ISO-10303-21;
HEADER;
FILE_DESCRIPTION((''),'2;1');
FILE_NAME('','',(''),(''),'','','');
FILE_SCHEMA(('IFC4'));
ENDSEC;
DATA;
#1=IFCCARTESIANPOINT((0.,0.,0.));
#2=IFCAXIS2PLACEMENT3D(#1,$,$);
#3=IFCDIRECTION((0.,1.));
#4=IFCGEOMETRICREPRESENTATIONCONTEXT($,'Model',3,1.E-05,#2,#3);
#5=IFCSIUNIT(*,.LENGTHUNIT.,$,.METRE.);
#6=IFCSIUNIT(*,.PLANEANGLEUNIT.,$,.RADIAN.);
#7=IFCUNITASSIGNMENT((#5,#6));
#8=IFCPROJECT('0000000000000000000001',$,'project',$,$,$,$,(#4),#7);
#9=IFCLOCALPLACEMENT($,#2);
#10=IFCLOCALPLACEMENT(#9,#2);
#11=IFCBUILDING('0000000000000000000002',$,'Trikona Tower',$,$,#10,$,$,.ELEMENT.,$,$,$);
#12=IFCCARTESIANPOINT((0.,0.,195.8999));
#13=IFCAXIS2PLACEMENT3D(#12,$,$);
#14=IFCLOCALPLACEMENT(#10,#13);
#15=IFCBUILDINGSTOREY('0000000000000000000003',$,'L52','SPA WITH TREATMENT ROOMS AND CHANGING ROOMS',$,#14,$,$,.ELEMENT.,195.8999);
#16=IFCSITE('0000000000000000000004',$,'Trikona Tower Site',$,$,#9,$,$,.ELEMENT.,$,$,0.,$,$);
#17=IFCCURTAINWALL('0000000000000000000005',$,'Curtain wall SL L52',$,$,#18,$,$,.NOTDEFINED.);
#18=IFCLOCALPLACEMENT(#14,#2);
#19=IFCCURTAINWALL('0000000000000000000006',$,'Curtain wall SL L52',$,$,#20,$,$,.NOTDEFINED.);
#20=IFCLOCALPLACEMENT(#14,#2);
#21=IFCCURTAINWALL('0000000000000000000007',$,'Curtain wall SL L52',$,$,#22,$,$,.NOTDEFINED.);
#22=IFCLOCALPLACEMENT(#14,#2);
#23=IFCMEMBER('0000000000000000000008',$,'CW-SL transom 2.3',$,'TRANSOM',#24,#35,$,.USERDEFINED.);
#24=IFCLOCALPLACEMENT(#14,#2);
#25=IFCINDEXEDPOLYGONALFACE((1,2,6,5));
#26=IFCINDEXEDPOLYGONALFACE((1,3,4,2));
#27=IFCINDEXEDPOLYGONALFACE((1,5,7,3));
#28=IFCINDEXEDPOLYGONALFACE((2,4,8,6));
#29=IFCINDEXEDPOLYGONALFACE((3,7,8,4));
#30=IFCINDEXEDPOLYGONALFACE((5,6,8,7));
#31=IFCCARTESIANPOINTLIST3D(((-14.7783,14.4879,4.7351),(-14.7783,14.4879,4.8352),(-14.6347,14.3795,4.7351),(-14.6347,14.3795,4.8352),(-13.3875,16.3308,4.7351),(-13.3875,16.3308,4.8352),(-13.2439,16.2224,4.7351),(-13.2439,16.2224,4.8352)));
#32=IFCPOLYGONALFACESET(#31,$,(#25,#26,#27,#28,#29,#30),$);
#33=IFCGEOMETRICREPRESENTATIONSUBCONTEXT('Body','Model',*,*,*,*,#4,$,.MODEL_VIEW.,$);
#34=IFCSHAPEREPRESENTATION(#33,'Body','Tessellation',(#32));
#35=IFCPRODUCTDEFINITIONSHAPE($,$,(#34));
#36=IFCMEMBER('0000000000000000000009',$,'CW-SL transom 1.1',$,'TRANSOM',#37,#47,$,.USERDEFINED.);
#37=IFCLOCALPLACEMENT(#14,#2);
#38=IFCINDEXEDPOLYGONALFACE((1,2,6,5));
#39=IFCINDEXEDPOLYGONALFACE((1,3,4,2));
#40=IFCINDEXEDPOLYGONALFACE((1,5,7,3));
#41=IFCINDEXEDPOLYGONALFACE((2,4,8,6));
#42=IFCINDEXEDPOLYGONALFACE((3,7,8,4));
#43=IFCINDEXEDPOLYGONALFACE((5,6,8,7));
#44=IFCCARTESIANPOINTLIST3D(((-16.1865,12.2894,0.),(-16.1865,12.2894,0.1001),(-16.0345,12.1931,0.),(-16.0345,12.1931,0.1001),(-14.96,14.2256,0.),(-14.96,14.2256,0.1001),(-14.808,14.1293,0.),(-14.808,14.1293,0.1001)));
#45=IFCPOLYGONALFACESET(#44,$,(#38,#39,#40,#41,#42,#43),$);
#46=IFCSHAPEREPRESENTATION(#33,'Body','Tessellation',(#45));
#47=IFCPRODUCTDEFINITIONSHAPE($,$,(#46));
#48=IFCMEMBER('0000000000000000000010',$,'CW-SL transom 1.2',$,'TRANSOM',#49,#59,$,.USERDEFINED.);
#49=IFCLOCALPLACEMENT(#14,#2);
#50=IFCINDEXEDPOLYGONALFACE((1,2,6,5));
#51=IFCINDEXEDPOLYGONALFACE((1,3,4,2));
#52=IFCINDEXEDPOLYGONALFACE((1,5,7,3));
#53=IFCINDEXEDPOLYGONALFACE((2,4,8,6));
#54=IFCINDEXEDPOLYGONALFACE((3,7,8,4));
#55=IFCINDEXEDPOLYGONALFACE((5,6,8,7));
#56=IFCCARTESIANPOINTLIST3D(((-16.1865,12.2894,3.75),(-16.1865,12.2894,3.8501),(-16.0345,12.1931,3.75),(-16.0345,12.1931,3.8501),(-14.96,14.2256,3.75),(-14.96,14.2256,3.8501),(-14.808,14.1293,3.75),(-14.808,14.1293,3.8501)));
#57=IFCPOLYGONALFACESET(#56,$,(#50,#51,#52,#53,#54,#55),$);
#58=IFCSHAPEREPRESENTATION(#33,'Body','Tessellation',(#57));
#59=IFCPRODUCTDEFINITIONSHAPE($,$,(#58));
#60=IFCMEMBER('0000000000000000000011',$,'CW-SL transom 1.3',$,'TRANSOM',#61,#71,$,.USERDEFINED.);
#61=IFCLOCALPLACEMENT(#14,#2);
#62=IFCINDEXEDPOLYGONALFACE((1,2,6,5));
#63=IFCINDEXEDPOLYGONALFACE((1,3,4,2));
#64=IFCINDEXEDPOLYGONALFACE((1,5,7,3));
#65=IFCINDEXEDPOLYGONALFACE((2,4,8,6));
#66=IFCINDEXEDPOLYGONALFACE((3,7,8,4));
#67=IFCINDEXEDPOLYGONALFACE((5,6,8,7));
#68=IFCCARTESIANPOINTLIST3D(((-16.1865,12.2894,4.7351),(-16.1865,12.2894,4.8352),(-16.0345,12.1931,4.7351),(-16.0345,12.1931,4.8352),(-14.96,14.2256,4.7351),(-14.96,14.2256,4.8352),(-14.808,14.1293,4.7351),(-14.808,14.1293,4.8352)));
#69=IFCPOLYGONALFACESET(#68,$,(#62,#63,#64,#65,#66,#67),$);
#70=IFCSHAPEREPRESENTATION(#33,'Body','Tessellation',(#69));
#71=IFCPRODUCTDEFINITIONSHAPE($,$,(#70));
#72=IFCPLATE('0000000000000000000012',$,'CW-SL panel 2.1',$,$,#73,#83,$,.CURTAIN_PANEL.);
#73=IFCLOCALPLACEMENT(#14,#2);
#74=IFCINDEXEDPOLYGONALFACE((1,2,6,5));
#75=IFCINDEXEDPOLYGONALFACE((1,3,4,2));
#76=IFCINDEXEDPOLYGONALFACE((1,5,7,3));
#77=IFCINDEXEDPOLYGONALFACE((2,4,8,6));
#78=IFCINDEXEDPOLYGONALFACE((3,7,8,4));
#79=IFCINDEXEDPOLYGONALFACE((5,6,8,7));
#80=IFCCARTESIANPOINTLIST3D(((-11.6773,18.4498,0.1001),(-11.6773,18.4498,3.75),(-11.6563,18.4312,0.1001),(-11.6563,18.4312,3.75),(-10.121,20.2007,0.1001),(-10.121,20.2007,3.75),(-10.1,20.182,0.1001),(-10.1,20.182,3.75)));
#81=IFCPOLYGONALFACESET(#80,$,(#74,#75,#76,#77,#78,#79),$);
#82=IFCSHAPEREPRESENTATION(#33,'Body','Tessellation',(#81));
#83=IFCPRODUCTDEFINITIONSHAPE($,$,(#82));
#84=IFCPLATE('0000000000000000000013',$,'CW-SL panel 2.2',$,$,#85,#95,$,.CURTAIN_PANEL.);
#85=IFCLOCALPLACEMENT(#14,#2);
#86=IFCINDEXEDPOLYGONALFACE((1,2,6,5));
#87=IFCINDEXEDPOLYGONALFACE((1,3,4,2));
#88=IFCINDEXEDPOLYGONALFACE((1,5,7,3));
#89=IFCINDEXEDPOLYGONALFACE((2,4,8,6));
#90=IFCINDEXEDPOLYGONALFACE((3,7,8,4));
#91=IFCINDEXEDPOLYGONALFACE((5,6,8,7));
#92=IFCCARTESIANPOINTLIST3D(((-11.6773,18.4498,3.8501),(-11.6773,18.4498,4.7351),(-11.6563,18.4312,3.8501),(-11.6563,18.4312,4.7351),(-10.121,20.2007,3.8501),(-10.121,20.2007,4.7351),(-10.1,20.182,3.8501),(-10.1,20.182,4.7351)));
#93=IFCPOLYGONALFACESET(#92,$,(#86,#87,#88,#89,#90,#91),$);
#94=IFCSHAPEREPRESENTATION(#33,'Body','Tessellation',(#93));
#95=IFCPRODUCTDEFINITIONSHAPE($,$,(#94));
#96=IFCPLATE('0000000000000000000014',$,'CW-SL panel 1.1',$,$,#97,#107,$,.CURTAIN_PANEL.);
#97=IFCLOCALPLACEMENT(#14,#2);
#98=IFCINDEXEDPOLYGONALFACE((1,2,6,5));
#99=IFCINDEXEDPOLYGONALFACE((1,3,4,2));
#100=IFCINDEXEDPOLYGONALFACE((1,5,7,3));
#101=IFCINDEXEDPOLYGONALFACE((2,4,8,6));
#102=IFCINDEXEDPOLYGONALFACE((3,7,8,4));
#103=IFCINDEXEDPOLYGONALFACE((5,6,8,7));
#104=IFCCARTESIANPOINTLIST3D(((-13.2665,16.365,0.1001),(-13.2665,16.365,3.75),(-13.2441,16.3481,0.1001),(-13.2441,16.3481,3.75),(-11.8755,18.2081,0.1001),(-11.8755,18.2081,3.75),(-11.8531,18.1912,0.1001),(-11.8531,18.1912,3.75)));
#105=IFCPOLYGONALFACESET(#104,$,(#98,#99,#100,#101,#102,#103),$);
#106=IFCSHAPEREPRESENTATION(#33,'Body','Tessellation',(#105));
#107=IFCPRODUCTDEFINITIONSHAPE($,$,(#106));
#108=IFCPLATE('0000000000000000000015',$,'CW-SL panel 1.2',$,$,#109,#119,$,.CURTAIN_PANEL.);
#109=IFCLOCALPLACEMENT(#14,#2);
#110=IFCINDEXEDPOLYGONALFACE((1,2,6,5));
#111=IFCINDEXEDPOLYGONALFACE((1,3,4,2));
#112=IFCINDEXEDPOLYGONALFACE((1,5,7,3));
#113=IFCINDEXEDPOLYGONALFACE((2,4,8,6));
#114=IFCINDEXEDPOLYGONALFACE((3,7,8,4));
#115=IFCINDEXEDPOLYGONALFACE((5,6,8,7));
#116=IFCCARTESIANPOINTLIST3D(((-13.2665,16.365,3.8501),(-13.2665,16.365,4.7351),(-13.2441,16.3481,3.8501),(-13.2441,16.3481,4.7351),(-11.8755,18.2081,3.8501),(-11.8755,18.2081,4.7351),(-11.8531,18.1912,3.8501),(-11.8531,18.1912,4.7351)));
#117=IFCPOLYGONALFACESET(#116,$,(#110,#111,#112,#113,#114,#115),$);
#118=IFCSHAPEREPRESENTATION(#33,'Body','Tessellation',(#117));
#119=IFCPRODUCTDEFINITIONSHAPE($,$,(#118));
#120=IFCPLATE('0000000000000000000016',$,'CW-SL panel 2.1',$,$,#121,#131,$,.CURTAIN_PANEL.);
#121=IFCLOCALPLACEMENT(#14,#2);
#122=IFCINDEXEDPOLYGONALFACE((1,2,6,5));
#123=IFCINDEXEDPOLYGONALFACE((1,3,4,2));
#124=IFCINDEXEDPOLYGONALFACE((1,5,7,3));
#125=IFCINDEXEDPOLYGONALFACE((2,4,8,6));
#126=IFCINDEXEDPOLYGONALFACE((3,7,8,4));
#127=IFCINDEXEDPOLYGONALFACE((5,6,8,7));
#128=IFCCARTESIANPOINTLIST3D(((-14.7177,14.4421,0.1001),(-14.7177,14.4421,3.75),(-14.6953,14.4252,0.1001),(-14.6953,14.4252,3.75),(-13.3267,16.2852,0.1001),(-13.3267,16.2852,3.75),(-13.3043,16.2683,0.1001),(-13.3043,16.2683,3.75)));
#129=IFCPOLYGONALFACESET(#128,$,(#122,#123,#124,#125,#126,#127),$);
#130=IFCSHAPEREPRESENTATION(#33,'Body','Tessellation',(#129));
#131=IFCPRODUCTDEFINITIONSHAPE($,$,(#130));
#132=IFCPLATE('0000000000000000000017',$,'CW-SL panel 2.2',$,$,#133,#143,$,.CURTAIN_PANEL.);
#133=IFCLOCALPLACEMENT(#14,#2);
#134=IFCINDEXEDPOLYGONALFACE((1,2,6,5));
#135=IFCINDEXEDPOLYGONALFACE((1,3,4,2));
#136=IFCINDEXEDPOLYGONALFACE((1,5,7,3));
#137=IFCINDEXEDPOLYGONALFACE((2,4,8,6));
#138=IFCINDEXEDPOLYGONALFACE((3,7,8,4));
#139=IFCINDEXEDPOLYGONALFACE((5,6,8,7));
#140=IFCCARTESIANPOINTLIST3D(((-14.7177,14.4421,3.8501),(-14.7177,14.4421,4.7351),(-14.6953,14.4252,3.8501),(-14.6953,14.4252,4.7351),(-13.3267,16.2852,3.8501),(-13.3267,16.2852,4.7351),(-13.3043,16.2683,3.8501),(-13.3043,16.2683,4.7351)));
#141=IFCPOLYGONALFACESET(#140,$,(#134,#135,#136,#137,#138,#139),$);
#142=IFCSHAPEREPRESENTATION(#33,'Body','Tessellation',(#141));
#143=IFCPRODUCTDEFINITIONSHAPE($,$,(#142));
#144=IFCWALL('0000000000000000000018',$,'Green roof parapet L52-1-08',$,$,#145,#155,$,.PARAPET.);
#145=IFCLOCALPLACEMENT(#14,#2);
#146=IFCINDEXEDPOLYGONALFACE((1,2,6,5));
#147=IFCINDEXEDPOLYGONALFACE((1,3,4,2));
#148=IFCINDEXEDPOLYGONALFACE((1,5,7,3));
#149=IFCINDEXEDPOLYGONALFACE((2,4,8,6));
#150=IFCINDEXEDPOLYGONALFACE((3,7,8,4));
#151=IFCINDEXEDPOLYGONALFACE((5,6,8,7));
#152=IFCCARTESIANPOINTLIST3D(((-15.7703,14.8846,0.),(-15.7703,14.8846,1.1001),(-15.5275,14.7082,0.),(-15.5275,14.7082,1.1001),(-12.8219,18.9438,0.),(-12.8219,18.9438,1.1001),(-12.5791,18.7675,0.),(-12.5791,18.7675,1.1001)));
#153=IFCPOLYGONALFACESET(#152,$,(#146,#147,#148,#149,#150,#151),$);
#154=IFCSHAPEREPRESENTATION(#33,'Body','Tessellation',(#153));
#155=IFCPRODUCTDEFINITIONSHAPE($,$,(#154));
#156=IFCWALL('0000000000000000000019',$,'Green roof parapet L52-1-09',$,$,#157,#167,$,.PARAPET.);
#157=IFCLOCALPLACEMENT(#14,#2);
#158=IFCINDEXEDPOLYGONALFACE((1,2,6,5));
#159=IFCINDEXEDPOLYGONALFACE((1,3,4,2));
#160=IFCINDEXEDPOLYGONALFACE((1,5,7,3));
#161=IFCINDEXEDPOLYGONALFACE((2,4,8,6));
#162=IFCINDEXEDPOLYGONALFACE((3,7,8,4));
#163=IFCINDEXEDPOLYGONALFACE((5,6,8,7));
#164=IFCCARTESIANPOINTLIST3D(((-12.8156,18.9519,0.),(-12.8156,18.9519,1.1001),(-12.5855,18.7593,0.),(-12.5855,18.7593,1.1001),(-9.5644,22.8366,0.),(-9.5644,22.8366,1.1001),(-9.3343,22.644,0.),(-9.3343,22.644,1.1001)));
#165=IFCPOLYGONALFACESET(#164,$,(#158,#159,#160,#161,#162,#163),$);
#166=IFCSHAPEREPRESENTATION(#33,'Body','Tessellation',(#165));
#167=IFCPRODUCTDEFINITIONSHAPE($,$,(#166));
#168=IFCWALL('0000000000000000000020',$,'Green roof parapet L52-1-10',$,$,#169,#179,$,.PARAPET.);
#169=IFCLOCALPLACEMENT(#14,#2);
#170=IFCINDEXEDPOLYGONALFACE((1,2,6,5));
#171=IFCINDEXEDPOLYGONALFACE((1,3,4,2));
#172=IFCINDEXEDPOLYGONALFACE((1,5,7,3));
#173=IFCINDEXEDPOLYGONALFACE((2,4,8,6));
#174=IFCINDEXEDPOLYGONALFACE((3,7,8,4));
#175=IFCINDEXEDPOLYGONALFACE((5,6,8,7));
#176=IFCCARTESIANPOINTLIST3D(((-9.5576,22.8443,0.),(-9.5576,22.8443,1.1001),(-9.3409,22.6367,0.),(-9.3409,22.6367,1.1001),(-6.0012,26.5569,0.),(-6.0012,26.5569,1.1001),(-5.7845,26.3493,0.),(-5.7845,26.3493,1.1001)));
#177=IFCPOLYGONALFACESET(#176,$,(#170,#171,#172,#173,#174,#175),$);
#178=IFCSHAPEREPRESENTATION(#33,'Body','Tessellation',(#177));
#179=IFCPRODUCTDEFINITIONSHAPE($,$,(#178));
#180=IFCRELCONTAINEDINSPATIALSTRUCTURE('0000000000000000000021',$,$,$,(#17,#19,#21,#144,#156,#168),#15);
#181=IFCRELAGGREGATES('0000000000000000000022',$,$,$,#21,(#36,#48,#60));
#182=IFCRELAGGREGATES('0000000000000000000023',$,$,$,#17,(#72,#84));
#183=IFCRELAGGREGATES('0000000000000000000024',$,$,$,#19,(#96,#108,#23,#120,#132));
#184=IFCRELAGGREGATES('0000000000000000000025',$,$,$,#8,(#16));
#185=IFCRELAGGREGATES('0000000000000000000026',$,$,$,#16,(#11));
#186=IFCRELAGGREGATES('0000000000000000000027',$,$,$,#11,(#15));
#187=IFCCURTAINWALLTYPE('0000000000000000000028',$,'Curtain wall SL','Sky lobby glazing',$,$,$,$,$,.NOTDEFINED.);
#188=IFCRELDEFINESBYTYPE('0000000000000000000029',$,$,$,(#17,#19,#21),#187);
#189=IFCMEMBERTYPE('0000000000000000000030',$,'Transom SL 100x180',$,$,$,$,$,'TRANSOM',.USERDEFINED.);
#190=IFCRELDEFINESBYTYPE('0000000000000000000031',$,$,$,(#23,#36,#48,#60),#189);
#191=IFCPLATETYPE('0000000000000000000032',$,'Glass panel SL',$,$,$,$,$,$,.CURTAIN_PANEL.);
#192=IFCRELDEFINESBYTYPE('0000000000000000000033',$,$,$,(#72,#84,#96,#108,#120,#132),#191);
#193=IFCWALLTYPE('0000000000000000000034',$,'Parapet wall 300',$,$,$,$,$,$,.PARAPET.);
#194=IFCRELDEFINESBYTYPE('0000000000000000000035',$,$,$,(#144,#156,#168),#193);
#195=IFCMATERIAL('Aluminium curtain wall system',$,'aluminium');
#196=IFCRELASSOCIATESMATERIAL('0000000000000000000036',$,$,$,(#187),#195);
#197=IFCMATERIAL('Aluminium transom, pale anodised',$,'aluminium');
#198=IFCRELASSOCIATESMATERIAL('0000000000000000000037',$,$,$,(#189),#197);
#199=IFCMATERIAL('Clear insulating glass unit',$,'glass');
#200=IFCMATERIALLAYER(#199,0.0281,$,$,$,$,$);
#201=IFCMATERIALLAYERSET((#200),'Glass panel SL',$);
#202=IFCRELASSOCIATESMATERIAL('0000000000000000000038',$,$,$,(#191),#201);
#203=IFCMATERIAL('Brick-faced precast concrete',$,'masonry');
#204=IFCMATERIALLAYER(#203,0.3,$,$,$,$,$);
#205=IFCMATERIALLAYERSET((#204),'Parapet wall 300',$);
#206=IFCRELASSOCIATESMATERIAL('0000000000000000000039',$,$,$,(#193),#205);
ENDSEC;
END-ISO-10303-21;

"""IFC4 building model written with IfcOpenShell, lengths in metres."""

from ifc_helpers import new_model, si_unit, direction, frame, frame_2d, origin, origin_2d, place, context, subcontext, project, spatial, rectangle, extrude, material, layer, layer_set, material_profile, profile_set, type_object, element, aggregate, save


model = new_model("IFC4")

# Units and contexts
model_context = context("Model", 3, precision=1e-05, world=origin(), true_north=direction((0.0, 1.0)))
body_context = subcontext(model_context, "Body", "Model", "MODEL_VIEW")
ifc_project = project(units=[si_unit("LENGTHUNIT", "METRE"), si_unit("PLANEANGLEUNIT", "RADIAN")], contexts=[model_context])

# Site, building, storey
site_placement = place(None, origin())
site = spatial("IfcSite", under=ifc_project, at=site_placement, Name="Trikona Tower Site", CompositionType="ELEMENT", RefElevation=0.0)
building_placement = place(site_placement, origin())
building = spatial("IfcBuilding", under=site, at=building_placement, Name="Trikona Tower", CompositionType="ELEMENT")
storey_placement = place(building_placement, frame((0.0, 0.0, 195.8999)))
storey = spatial("IfcBuildingStorey", under=building, at=storey_placement, Name="L52", Description="SPA WITH TREATMENT ROOMS AND CHANGING ROOMS", CompositionType="ELEMENT", Elevation=195.8999)

# Curtain walls
ifc_material_1 = material(Name="Aluminium curtain wall system", Category="aluminium")
curtain_wall_type = type_object("IfcCurtainWallType", Name="Curtain wall SL", Description="Sky lobby glazing", PredefinedType="NOTDEFINED", material=ifc_material_1)
curtain_wall_1_placement = place(storey_placement, origin())
curtain_wall_1 = element("IfcCurtainWall", 1, at=curtain_wall_1_placement, inside=storey, type_object=curtain_wall_type, Name="Curtain wall SL L52", PredefinedType="NOTDEFINED")
curtain_wall_2_placement = place(storey_placement, origin())
curtain_wall_2 = element("IfcCurtainWall", 2, at=curtain_wall_2_placement, inside=storey, type_object=curtain_wall_type, Name="Curtain wall SL L52", PredefinedType="NOTDEFINED")

# Curtain wall
curtain_wall_3_placement = place(storey_placement, origin())
curtain_wall_3 = element("IfcCurtainWall", 3, at=curtain_wall_3_placement, inside=storey, type_object=curtain_wall_type, Name="Curtain wall SL L52", PredefinedType="NOTDEFINED")

# Members
ifc_material_2 = material(Name="Aluminium transom, pale anodised", Category="aluminium")
ifc_material_profile_1 = material_profile(ifc_material_2, rectangle(XDim=0.1799, YDim=0.1001, at=origin_2d()), Name="TRN-SL")
ifc_profile_set_1 = profile_set([ifc_material_profile_1], Name="Aluminium transom, pale anodised")
member_type_1 = type_object("IfcMemberType", Name="Transom SL 100x180", ElementType="TRANSOM", PredefinedType="USERDEFINED", material=ifc_profile_set_1)
member_1_placement = place(storey_placement, frame((-13.3157, 16.2766, 4.7852), z_axis=(-0.602383, -0.798207, 0.0), x_axis=(0.798207, -0.602383, 0.0)))
member_1 = element("IfcMember", 4, at=member_1_placement, type_object=member_type_1, Name="CW-SL transom 2.3", ObjectType="TRANSOM", PredefinedType="USERDEFINED", context=body_context, shape_type="SweptSolid", body=[
    extrude(rectangle(XDim=0.1799, YDim=0.1001, at=origin_2d()), origin(), (0.0, 0.0, 1.0), 2.3088),
])
member_2_placement = place(storey_placement, frame((-14.884, 14.1775, 0.05), z_axis=(-0.535131, -0.844769, 0.0), x_axis=(0.844769, -0.535131, 0.0)))
member_2 = element("IfcMember", 5, at=member_2_placement, type_object=member_type_1, Name="CW-SL transom 1.1", ObjectType="TRANSOM", PredefinedType="USERDEFINED", context=body_context, shape_type="SweptSolid", body=[
    extrude(rectangle(XDim=0.1799, YDim=0.1001, at=origin_2d()), origin(), (0.0, 0.0, 1.0), 2.292),
])
member_3_placement = place(storey_placement, frame((-14.884, 14.1775, 3.8), z_axis=(-0.535131, -0.844769, 0.0), x_axis=(0.844769, -0.535131, 0.0)))
member_3 = element("IfcMember", 6, at=member_3_placement, type_object=member_type_1, Name="CW-SL transom 1.2", ObjectType="TRANSOM", PredefinedType="USERDEFINED", context=body_context, shape_type="SweptSolid", body=[
    extrude(rectangle(XDim=0.1799, YDim=0.1001, at=origin_2d()), origin(), (0.0, 0.0, 1.0), 2.292),
])
member_4_placement = place(storey_placement, frame((-14.884, 14.1775, 4.7852), z_axis=(-0.535131, -0.844769, 0.0), x_axis=(0.844769, -0.535131, 0.0)))
member_4 = element("IfcMember", 7, at=member_4_placement, type_object=member_type_1, Name="CW-SL transom 1.3", ObjectType="TRANSOM", PredefinedType="USERDEFINED", context=body_context, shape_type="SweptSolid", body=[
    extrude(rectangle(XDim=0.1799, YDim=0.1001, at=origin_2d()), origin(), (0.0, 0.0, 1.0), 2.292),
])
aggregate(curtain_wall_3, [member_2, member_3, member_4])

# Plates
ifc_material_3 = material(Name="Clear insulating glass unit", Category="glass")
ifc_layer_1 = layer(ifc_material_3, 0.0281)
ifc_layer_set_1 = layer_set([ifc_layer_1], Name="Glass panel SL")
plate_type = type_object("IfcPlateType", Name="Glass panel SL", PredefinedType="CURTAIN_PANEL", material=ifc_layer_set_1)
plate_1_placement = place(storey_placement, frame((-10.8887, 19.3159, 0.1001), z_axis=(0.0, 0.0, 1.0), x_axis=(-0.664371, -0.747403, 0.0)))
plate_1 = element("IfcPlate", 8, at=plate_1_placement, type_object=plate_type, Name="CW-SL panel 2.1", PredefinedType="CURTAIN_PANEL", context=body_context, shape_type="SweptSolid", body=[
    extrude(rectangle(XDim=2.3425, YDim=0.0281, at=origin_2d()), origin(), (0.0, 0.0, 1.0), 3.6499),
])
plate_2_placement = place(storey_placement, frame((-10.8887, 19.3159, 3.8501), z_axis=(0.0, 0.0, 1.0), x_axis=(-0.664371, -0.747403, 0.0)))
plate_2 = element("IfcPlate", 9, at=plate_2_placement, type_object=plate_type, Name="CW-SL panel 2.2", PredefinedType="CURTAIN_PANEL", context=body_context, shape_type="SweptSolid", body=[
    extrude(rectangle(XDim=2.3425, YDim=0.0281, at=origin_2d()), origin(), (0.0, 0.0, 1.0), 0.885),
])
aggregate(curtain_wall_1, [plate_1, plate_2])
plate_3_placement = place(storey_placement, frame((-12.5598, 17.2781, 0.1001), z_axis=(0.0, 0.0, 1.0), x_axis=(-0.602402, -0.798193, 0.0)))
plate_3 = element("IfcPlate", 10, at=plate_3_placement, type_object=plate_type, Name="CW-SL panel 1.1", PredefinedType="CURTAIN_PANEL", context=body_context, shape_type="SweptSolid", body=[
    extrude(rectangle(XDim=2.3091, YDim=0.0281, at=origin_2d()), origin(), (0.0, 0.0, 1.0), 3.6499),
])
plate_4_placement = place(storey_placement, frame((-12.5598, 17.2781, 3.8501), z_axis=(0.0, 0.0, 1.0), x_axis=(-0.602402, -0.798193, 0.0)))
plate_4 = element("IfcPlate", 11, at=plate_4_placement, type_object=plate_type, Name="CW-SL panel 1.2", PredefinedType="CURTAIN_PANEL", context=body_context, shape_type="SweptSolid", body=[
    extrude(rectangle(XDim=2.3091, YDim=0.0281, at=origin_2d()), origin(), (0.0, 0.0, 1.0), 0.885),
])
plate_5_placement = place(storey_placement, frame((-14.011, 15.3552, 0.1001), z_axis=(0.0, 0.0, 1.0), x_axis=(-0.602402, -0.798193, 0.0)))
plate_5 = element("IfcPlate", 12, at=plate_5_placement, type_object=plate_type, Name="CW-SL panel 2.1", PredefinedType="CURTAIN_PANEL", context=body_context, shape_type="SweptSolid", body=[
    extrude(rectangle(XDim=2.3091, YDim=0.0281, at=origin_2d()), origin(), (0.0, 0.0, 1.0), 3.6499),
])
plate_6_placement = place(storey_placement, frame((-14.011, 15.3552, 3.8501), z_axis=(0.0, 0.0, 1.0), x_axis=(-0.602402, -0.798193, 0.0)))
plate_6 = element("IfcPlate", 13, at=plate_6_placement, type_object=plate_type, Name="CW-SL panel 2.2", PredefinedType="CURTAIN_PANEL", context=body_context, shape_type="SweptSolid", body=[
    extrude(rectangle(XDim=2.3091, YDim=0.0281, at=origin_2d()), origin(), (0.0, 0.0, 1.0), 0.885),
])
aggregate(curtain_wall_2, [plate_3, plate_4, member_1, plate_5, plate_6])

# Walls
ifc_material_4 = material(Name="Brick-faced precast concrete", Category="masonry")
ifc_layer_2 = layer(ifc_material_4, 0.3)
ifc_layer_set_2 = layer_set([ifc_layer_2], Name="Parapet wall 300")
wall_type = type_object("IfcWallType", Name="Parapet wall 300", PredefinedType="PARAPET", material=ifc_layer_set_2)
wall_1_placement = place(storey_placement, frame((-15.6489, 14.7964, 0.0), z_axis=(0.0, 0.0, 1.0), x_axis=(0.587683, 0.809092, 0.0)))
element("IfcWall", 14, at=wall_1_placement, inside=storey, type_object=wall_type, Name="Green roof parapet L52-1-08", PredefinedType="PARAPET", context=body_context, shape_type="SweptSolid", body=[
    extrude(rectangle(XDim=5.0171, YDim=0.3, at=frame_2d((2.5085, 0.0))), origin(), (0.0, 0.0, 1.0), 1.1001),
])
wall_2_placement = place(storey_placement, frame((-12.7004, 18.8557, 0.0), z_axis=(0.0, 0.0, 1.0), x_axis=(0.641804, 0.766869, 0.0)))
element("IfcWall", 15, at=wall_2_placement, inside=storey, type_object=wall_type, Name="Green roof parapet L52-1-09", PredefinedType="PARAPET", context=body_context, shape_type="SweptSolid", body=[
    extrude(rectangle(XDim=5.0657, YDim=0.3, at=frame_2d((2.5327, 0.0))), origin(), (0.0, 0.0, 1.0), 1.1001),
])
wall_3_placement = place(storey_placement, frame((-9.4492, 22.7405, 0.0), z_axis=(0.0, 0.0, 1.0), x_axis=(0.691748, 0.722139, 0.0)))
element("IfcWall", 16, at=wall_3_placement, inside=storey, type_object=wall_type, Name="Green roof parapet L52-1-10", PredefinedType="PARAPET", context=body_context, shape_type="SweptSolid", body=[
    extrude(rectangle(XDim=5.1411, YDim=0.3, at=frame_2d((2.5706, 0.0))), origin(), (0.0, 0.0, 1.0), 1.1001),
])

save(model, "model.ifc")
